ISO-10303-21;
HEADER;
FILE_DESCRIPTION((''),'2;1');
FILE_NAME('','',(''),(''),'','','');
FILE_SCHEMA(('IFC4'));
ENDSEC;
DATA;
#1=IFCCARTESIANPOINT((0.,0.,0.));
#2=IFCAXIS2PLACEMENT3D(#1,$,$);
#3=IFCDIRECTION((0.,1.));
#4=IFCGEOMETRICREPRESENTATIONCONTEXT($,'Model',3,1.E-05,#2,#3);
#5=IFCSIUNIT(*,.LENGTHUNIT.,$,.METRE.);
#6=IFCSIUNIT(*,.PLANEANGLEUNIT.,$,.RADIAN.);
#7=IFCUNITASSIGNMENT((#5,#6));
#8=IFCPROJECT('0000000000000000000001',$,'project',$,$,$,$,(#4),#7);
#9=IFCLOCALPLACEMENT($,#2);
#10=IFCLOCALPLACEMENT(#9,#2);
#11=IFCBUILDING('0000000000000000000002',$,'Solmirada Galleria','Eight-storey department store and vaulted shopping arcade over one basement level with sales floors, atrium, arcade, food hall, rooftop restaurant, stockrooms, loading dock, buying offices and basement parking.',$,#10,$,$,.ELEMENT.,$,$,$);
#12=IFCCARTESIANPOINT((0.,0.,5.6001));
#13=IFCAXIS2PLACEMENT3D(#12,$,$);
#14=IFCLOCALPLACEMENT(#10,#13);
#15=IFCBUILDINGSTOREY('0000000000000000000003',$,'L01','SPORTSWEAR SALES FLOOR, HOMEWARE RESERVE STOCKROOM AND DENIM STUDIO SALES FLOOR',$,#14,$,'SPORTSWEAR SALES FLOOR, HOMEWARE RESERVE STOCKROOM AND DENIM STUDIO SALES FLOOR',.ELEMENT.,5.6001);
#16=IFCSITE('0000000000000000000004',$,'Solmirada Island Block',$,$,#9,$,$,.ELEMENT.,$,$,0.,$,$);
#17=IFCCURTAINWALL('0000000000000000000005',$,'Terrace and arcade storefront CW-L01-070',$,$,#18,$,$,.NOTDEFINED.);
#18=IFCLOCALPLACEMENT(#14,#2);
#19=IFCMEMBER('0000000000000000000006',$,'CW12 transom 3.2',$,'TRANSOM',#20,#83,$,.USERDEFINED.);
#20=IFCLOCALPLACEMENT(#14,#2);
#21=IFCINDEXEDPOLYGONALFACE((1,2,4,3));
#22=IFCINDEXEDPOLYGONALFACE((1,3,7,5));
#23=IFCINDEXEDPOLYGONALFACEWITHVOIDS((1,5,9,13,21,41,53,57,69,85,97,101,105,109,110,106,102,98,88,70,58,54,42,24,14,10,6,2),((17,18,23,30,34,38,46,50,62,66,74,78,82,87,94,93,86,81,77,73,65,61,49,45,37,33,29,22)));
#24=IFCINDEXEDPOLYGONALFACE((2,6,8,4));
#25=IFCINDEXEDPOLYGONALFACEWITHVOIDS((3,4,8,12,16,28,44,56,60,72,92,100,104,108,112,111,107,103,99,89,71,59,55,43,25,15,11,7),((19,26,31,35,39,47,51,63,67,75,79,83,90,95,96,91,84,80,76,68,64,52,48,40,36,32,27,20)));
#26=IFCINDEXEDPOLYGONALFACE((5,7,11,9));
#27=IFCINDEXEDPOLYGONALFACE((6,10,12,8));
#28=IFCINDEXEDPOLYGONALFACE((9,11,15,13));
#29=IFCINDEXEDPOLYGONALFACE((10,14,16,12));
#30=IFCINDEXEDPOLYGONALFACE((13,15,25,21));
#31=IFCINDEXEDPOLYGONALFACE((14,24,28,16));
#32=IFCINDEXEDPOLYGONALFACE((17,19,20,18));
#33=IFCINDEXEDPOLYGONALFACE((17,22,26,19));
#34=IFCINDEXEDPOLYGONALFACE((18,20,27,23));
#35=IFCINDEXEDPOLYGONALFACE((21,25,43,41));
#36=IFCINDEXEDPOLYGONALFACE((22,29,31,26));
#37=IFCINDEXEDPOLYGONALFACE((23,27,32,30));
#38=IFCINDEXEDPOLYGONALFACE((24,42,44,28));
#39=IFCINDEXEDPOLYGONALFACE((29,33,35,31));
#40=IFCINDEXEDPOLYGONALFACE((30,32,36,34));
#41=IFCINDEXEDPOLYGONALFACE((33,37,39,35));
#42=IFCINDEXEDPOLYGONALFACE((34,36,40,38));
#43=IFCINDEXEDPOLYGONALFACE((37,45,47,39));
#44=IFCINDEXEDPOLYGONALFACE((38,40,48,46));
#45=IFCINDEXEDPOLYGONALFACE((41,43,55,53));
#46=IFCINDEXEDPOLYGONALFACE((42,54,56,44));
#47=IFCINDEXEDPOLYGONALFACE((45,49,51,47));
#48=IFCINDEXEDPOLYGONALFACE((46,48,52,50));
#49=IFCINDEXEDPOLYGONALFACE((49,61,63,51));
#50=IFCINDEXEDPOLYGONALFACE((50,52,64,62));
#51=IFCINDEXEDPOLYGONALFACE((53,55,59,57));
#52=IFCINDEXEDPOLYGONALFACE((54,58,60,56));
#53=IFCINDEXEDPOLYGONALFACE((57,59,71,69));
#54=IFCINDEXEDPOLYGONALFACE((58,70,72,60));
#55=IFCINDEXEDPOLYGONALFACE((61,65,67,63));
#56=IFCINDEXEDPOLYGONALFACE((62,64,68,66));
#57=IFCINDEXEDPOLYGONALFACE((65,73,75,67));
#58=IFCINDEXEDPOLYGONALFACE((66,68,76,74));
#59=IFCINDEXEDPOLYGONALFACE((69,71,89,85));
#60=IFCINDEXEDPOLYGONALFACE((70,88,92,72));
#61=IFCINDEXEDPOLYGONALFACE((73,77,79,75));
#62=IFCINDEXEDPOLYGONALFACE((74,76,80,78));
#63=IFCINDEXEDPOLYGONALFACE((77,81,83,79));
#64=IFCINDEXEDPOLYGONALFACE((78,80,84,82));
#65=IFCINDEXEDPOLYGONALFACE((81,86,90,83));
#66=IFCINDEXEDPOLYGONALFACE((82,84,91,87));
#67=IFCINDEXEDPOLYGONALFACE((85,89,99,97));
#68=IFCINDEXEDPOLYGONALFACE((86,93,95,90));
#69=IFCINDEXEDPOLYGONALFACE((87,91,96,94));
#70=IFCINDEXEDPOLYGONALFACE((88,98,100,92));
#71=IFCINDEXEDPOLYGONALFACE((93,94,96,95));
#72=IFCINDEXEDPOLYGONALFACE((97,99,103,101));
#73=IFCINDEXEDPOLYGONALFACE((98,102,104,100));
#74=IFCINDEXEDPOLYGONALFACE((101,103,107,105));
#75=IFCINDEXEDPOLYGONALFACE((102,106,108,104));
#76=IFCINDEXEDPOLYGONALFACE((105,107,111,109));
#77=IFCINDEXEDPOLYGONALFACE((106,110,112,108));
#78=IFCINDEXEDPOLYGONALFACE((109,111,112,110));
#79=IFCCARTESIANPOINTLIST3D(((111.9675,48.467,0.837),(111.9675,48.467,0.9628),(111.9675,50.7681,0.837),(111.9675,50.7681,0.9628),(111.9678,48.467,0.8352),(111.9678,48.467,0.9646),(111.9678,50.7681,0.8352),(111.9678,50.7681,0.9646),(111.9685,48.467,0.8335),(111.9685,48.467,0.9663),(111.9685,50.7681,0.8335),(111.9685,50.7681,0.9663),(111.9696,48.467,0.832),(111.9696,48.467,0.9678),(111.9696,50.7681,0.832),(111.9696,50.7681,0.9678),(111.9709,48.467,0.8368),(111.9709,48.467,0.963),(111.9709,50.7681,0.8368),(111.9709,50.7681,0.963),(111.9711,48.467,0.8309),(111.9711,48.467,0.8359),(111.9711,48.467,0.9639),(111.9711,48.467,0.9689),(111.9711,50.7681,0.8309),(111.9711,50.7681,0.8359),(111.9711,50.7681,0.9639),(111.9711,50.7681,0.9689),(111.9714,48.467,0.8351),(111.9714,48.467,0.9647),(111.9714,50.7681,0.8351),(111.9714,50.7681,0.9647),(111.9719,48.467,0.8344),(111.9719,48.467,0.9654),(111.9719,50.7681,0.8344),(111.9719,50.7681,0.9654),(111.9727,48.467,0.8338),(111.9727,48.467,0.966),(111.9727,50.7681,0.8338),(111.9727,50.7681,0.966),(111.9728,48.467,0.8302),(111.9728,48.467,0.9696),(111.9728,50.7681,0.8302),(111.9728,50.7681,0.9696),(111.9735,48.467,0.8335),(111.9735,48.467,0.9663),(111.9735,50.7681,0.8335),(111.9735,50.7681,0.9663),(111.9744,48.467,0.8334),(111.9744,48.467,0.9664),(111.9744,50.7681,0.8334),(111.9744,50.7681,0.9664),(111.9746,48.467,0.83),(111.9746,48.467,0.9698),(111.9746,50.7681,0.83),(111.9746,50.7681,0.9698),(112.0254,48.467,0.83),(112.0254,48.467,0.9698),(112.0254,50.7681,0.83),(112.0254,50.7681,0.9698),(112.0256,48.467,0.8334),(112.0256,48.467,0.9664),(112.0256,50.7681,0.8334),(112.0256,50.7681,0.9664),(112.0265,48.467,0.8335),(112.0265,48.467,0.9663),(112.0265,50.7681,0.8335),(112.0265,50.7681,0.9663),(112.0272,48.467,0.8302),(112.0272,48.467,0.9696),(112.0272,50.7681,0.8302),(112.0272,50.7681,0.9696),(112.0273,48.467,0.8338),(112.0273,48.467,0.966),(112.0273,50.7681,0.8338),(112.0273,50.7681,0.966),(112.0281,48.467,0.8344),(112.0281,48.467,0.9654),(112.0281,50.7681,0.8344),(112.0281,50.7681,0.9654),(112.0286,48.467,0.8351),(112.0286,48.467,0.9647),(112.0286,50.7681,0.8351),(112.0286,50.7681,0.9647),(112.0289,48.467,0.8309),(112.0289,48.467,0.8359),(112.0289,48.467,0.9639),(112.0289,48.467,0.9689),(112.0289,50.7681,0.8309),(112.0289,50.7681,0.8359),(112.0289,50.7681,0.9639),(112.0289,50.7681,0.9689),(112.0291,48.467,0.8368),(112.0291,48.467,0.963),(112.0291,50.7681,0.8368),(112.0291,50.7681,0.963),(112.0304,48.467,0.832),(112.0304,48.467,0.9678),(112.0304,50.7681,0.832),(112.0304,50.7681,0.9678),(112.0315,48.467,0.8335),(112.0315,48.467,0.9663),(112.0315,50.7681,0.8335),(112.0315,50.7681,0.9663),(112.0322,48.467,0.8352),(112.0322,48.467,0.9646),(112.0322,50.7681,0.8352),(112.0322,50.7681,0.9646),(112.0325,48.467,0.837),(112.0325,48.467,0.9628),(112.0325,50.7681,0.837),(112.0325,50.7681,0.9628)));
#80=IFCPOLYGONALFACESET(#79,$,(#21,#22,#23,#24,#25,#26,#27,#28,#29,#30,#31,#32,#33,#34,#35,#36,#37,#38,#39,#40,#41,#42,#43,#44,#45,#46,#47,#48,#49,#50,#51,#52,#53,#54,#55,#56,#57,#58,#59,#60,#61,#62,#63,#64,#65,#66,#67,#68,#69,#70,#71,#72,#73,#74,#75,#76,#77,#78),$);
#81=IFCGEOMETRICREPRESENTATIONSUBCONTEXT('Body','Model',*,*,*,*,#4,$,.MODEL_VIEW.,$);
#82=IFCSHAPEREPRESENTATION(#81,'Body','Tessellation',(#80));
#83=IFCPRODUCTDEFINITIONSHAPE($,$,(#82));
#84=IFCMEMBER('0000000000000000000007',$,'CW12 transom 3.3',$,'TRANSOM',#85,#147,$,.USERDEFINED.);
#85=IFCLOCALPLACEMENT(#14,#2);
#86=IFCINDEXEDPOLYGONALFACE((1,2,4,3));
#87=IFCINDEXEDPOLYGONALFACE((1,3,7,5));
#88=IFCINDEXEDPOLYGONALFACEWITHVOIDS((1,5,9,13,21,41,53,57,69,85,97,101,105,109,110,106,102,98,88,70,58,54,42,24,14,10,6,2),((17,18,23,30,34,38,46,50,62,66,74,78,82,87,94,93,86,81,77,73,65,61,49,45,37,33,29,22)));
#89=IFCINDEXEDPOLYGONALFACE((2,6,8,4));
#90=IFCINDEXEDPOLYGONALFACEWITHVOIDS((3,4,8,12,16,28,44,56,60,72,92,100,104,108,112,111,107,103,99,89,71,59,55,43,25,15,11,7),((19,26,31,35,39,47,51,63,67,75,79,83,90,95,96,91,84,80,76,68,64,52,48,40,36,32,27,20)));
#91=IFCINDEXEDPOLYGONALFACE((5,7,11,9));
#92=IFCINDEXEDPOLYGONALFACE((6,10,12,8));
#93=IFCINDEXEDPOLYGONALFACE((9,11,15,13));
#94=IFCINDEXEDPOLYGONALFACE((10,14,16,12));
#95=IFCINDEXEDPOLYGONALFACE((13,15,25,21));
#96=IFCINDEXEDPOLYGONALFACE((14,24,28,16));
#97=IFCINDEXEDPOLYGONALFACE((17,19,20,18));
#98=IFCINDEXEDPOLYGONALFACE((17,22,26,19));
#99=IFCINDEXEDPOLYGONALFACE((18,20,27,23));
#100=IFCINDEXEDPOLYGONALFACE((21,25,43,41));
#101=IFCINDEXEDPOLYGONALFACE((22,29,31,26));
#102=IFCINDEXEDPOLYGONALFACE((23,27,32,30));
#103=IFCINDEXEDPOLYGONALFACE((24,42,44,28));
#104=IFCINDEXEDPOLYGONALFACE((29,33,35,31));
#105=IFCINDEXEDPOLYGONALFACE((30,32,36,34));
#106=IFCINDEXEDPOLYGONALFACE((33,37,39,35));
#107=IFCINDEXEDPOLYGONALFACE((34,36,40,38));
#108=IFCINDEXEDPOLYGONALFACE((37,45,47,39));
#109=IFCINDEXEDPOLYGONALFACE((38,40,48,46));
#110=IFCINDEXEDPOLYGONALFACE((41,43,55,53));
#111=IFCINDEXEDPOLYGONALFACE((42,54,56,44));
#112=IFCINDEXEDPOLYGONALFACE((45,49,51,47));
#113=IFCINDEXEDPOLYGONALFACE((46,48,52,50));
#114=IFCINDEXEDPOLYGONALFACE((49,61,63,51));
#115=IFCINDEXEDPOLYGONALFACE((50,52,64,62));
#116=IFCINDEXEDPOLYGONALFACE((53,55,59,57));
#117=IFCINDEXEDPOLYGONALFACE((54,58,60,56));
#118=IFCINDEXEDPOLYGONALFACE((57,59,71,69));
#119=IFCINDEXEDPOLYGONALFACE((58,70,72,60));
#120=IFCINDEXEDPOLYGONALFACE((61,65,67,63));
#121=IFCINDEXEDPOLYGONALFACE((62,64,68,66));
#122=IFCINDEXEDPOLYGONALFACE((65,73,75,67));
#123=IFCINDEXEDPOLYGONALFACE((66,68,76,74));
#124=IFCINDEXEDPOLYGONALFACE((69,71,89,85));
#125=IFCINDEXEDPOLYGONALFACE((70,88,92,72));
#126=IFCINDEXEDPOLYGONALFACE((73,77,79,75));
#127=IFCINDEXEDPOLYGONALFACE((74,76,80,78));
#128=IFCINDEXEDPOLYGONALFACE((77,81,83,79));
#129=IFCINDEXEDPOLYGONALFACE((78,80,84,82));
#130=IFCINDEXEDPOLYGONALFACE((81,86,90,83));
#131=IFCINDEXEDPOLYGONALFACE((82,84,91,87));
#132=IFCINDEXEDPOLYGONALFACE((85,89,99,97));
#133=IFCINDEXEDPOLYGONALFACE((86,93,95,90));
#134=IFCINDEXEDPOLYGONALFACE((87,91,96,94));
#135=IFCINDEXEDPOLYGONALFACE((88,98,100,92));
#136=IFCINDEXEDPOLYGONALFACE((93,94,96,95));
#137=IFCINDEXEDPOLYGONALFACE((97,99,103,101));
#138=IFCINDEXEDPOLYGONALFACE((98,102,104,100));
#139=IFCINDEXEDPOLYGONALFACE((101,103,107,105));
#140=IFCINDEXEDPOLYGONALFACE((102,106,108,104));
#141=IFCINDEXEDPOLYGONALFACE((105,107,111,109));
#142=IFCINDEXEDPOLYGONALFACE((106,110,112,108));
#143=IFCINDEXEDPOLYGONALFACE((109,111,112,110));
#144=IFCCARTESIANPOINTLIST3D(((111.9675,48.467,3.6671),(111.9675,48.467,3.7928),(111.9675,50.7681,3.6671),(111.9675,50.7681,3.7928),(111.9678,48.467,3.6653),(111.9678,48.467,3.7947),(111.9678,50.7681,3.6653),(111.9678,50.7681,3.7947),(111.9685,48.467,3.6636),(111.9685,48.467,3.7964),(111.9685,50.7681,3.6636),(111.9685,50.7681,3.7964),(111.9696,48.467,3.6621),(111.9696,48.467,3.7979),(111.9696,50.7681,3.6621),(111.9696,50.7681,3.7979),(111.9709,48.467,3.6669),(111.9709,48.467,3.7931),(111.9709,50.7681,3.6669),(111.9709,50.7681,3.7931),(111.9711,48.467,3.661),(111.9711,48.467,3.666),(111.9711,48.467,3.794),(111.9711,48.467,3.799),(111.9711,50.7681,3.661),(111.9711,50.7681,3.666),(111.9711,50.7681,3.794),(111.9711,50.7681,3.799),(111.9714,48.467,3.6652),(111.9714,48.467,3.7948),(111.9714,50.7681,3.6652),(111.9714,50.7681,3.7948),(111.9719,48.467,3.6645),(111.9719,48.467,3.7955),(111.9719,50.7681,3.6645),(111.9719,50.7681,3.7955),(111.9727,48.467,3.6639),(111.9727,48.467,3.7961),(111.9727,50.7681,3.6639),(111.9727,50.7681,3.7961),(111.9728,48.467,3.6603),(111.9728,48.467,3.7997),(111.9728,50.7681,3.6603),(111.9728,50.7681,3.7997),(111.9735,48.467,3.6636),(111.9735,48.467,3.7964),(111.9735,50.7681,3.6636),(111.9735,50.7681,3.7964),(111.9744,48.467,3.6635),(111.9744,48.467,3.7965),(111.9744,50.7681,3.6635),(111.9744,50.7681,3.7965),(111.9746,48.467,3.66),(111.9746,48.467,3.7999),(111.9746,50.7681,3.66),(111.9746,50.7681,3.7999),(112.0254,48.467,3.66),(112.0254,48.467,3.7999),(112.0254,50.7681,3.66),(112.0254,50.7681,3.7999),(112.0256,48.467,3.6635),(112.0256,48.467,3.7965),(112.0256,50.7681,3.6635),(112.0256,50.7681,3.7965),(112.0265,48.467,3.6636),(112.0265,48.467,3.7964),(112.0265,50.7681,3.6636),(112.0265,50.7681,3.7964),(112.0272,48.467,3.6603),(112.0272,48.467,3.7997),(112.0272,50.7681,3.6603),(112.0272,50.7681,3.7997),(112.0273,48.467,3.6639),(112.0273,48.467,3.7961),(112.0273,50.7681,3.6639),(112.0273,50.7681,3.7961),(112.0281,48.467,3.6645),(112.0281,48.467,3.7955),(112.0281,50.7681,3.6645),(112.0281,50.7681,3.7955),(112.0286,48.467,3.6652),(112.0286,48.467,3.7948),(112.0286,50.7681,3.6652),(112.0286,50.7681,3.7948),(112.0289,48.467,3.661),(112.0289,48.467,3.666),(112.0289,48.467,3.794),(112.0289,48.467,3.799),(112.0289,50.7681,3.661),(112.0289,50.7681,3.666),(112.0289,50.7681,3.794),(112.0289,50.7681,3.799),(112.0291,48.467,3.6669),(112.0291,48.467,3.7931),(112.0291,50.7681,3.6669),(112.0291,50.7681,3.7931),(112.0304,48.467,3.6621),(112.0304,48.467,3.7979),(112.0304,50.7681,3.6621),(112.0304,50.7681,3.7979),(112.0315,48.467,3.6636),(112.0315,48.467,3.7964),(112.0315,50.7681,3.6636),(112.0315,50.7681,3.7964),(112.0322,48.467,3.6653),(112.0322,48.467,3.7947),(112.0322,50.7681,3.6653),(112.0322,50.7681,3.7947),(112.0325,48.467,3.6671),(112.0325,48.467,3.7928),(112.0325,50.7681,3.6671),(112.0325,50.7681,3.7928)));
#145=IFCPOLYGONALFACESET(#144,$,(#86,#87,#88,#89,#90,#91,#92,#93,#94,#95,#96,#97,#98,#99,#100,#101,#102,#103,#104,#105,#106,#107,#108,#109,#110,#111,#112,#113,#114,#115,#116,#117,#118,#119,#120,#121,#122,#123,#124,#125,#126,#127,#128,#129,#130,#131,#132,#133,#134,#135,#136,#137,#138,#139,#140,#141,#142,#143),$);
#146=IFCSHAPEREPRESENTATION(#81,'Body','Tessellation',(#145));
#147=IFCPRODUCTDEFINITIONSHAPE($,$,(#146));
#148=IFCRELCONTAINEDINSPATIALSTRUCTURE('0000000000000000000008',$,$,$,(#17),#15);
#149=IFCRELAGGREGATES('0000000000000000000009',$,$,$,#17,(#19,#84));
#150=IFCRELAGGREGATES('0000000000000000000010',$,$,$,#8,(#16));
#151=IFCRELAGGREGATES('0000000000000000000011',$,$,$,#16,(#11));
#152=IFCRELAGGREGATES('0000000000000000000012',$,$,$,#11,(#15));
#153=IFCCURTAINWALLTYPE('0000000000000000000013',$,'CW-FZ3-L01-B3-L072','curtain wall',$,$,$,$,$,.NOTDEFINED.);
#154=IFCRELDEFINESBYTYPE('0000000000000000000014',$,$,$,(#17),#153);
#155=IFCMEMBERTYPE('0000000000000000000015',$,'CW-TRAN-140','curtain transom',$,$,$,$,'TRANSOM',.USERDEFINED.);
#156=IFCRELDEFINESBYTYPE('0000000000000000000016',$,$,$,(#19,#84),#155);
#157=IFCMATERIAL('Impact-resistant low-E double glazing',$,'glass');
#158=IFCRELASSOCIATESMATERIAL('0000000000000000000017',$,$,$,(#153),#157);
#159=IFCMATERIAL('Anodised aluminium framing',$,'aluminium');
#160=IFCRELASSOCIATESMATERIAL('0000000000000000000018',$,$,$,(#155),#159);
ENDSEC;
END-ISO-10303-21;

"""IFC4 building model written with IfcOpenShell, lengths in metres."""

from ifc_helpers import new_model, si_unit, direction, frame, origin, origin_2d, place, context, subcontext, project, spatial, hollow_rectangle, extrude, material, material_profile, profile_set, type_object, element, aggregate, save


model = new_model("IFC4")

# Units and contexts
model_context = context("Model", 3, precision=1e-05, world=origin(), true_north=direction((0.0, 1.0)))
body_context = subcontext(model_context, "Body", "Model", "MODEL_VIEW")
ifc_project = project(units=[si_unit("LENGTHUNIT", "METRE"), si_unit("PLANEANGLEUNIT", "RADIAN")], contexts=[model_context])

# Site, building, storey
site_placement = place(None, origin())
site = spatial("IfcSite", under=ifc_project, at=site_placement, Name="Solmirada Island Block", CompositionType="ELEMENT", RefElevation=0.0)
building_placement = place(site_placement, origin())
building = spatial("IfcBuilding", under=site, at=building_placement, Name="Solmirada Galleria", Description="Eight-storey department store and vaulted shopping arcade over one basement level with sales floors, atrium, arcade, food hall, rooftop restaurant, stockrooms, loading dock, buying offices and basement parking.", CompositionType="ELEMENT")
storey_placement = place(building_placement, frame((0.0, 0.0, 5.6001)))
storey = spatial("IfcBuildingStorey", under=building, at=storey_placement, Name="L01", Description="SPORTSWEAR SALES FLOOR, HOMEWARE RESERVE STOCKROOM AND DENIM STUDIO SALES FLOOR", LongName="SPORTSWEAR SALES FLOOR, HOMEWARE RESERVE STOCKROOM AND DENIM STUDIO SALES FLOOR", CompositionType="ELEMENT", Elevation=5.6001)

# Curtain wall
ifc_material_1 = material(Name="Impact-resistant low-E double glazing", Category="glass")
curtain_wall_type = type_object("IfcCurtainWallType", Name="CW-FZ3-L01-B3-L072", Description="curtain wall", PredefinedType="NOTDEFINED", material=ifc_material_1)
curtain_wall_1_placement = place(storey_placement, origin())
curtain_wall_1 = element("IfcCurtainWall", 1, at=curtain_wall_1_placement, inside=storey, type_object=curtain_wall_type, Name="Terrace and arcade storefront CW-L01-070", PredefinedType="NOTDEFINED")
ifc_material_2 = material(Name="Anodised aluminium framing", Category="aluminium")

# Members
ifc_material_profile_1 = material_profile(ifc_material_2, hollow_rectangle(XDim=0.0649, YDim=0.1399, WallThickness=0.0034, InnerFilletRadius=0.0034, OuterFilletRadius=0.0071, at=origin_2d()), Name="ALU-TRAN-140X65")
ifc_profile_set_1 = profile_set([ifc_material_profile_1], Name="Anodised aluminium framing")
member_type_1 = type_object("IfcMemberType", Name="CW-TRAN-140", Description="curtain transom", ElementType="TRANSOM", PredefinedType="USERDEFINED", material=ifc_profile_set_1)
member_1_placement = place(storey_placement, frame((112.0, 50.7681, 0.8999), z_axis=(0.0, -1.0, 0.0), x_axis=(1.0, 0.0, 0.0)))
member_1 = element("IfcMember", 2, at=member_1_placement, type_object=member_type_1, Name="CW12 transom 3.2", ObjectType="TRANSOM", PredefinedType="USERDEFINED", context=body_context, shape_type="SweptSolid", body=[
    extrude(hollow_rectangle(XDim=0.0649, YDim=0.1399, WallThickness=0.0034, InnerFilletRadius=0.0034, OuterFilletRadius=0.0071, at=origin_2d()), origin(), (0.0, 0.0, 1.0), 2.301),
])
member_2_placement = place(storey_placement, frame((112.0, 50.7681, 3.73), z_axis=(0.0, -1.0, 0.0), x_axis=(1.0, 0.0, 0.0)))
member_2 = element("IfcMember", 3, at=member_2_placement, type_object=member_type_1, Name="CW12 transom 3.3", ObjectType="TRANSOM", PredefinedType="USERDEFINED", context=body_context, shape_type="SweptSolid", body=[
    extrude(hollow_rectangle(XDim=0.0649, YDim=0.1399, WallThickness=0.0034, InnerFilletRadius=0.0034, OuterFilletRadius=0.0071, at=origin_2d()), origin(), (0.0, 0.0, 1.0), 2.301),
])

aggregate(curtain_wall_1, [member_1, member_2])

save(model, "model.ifc")
